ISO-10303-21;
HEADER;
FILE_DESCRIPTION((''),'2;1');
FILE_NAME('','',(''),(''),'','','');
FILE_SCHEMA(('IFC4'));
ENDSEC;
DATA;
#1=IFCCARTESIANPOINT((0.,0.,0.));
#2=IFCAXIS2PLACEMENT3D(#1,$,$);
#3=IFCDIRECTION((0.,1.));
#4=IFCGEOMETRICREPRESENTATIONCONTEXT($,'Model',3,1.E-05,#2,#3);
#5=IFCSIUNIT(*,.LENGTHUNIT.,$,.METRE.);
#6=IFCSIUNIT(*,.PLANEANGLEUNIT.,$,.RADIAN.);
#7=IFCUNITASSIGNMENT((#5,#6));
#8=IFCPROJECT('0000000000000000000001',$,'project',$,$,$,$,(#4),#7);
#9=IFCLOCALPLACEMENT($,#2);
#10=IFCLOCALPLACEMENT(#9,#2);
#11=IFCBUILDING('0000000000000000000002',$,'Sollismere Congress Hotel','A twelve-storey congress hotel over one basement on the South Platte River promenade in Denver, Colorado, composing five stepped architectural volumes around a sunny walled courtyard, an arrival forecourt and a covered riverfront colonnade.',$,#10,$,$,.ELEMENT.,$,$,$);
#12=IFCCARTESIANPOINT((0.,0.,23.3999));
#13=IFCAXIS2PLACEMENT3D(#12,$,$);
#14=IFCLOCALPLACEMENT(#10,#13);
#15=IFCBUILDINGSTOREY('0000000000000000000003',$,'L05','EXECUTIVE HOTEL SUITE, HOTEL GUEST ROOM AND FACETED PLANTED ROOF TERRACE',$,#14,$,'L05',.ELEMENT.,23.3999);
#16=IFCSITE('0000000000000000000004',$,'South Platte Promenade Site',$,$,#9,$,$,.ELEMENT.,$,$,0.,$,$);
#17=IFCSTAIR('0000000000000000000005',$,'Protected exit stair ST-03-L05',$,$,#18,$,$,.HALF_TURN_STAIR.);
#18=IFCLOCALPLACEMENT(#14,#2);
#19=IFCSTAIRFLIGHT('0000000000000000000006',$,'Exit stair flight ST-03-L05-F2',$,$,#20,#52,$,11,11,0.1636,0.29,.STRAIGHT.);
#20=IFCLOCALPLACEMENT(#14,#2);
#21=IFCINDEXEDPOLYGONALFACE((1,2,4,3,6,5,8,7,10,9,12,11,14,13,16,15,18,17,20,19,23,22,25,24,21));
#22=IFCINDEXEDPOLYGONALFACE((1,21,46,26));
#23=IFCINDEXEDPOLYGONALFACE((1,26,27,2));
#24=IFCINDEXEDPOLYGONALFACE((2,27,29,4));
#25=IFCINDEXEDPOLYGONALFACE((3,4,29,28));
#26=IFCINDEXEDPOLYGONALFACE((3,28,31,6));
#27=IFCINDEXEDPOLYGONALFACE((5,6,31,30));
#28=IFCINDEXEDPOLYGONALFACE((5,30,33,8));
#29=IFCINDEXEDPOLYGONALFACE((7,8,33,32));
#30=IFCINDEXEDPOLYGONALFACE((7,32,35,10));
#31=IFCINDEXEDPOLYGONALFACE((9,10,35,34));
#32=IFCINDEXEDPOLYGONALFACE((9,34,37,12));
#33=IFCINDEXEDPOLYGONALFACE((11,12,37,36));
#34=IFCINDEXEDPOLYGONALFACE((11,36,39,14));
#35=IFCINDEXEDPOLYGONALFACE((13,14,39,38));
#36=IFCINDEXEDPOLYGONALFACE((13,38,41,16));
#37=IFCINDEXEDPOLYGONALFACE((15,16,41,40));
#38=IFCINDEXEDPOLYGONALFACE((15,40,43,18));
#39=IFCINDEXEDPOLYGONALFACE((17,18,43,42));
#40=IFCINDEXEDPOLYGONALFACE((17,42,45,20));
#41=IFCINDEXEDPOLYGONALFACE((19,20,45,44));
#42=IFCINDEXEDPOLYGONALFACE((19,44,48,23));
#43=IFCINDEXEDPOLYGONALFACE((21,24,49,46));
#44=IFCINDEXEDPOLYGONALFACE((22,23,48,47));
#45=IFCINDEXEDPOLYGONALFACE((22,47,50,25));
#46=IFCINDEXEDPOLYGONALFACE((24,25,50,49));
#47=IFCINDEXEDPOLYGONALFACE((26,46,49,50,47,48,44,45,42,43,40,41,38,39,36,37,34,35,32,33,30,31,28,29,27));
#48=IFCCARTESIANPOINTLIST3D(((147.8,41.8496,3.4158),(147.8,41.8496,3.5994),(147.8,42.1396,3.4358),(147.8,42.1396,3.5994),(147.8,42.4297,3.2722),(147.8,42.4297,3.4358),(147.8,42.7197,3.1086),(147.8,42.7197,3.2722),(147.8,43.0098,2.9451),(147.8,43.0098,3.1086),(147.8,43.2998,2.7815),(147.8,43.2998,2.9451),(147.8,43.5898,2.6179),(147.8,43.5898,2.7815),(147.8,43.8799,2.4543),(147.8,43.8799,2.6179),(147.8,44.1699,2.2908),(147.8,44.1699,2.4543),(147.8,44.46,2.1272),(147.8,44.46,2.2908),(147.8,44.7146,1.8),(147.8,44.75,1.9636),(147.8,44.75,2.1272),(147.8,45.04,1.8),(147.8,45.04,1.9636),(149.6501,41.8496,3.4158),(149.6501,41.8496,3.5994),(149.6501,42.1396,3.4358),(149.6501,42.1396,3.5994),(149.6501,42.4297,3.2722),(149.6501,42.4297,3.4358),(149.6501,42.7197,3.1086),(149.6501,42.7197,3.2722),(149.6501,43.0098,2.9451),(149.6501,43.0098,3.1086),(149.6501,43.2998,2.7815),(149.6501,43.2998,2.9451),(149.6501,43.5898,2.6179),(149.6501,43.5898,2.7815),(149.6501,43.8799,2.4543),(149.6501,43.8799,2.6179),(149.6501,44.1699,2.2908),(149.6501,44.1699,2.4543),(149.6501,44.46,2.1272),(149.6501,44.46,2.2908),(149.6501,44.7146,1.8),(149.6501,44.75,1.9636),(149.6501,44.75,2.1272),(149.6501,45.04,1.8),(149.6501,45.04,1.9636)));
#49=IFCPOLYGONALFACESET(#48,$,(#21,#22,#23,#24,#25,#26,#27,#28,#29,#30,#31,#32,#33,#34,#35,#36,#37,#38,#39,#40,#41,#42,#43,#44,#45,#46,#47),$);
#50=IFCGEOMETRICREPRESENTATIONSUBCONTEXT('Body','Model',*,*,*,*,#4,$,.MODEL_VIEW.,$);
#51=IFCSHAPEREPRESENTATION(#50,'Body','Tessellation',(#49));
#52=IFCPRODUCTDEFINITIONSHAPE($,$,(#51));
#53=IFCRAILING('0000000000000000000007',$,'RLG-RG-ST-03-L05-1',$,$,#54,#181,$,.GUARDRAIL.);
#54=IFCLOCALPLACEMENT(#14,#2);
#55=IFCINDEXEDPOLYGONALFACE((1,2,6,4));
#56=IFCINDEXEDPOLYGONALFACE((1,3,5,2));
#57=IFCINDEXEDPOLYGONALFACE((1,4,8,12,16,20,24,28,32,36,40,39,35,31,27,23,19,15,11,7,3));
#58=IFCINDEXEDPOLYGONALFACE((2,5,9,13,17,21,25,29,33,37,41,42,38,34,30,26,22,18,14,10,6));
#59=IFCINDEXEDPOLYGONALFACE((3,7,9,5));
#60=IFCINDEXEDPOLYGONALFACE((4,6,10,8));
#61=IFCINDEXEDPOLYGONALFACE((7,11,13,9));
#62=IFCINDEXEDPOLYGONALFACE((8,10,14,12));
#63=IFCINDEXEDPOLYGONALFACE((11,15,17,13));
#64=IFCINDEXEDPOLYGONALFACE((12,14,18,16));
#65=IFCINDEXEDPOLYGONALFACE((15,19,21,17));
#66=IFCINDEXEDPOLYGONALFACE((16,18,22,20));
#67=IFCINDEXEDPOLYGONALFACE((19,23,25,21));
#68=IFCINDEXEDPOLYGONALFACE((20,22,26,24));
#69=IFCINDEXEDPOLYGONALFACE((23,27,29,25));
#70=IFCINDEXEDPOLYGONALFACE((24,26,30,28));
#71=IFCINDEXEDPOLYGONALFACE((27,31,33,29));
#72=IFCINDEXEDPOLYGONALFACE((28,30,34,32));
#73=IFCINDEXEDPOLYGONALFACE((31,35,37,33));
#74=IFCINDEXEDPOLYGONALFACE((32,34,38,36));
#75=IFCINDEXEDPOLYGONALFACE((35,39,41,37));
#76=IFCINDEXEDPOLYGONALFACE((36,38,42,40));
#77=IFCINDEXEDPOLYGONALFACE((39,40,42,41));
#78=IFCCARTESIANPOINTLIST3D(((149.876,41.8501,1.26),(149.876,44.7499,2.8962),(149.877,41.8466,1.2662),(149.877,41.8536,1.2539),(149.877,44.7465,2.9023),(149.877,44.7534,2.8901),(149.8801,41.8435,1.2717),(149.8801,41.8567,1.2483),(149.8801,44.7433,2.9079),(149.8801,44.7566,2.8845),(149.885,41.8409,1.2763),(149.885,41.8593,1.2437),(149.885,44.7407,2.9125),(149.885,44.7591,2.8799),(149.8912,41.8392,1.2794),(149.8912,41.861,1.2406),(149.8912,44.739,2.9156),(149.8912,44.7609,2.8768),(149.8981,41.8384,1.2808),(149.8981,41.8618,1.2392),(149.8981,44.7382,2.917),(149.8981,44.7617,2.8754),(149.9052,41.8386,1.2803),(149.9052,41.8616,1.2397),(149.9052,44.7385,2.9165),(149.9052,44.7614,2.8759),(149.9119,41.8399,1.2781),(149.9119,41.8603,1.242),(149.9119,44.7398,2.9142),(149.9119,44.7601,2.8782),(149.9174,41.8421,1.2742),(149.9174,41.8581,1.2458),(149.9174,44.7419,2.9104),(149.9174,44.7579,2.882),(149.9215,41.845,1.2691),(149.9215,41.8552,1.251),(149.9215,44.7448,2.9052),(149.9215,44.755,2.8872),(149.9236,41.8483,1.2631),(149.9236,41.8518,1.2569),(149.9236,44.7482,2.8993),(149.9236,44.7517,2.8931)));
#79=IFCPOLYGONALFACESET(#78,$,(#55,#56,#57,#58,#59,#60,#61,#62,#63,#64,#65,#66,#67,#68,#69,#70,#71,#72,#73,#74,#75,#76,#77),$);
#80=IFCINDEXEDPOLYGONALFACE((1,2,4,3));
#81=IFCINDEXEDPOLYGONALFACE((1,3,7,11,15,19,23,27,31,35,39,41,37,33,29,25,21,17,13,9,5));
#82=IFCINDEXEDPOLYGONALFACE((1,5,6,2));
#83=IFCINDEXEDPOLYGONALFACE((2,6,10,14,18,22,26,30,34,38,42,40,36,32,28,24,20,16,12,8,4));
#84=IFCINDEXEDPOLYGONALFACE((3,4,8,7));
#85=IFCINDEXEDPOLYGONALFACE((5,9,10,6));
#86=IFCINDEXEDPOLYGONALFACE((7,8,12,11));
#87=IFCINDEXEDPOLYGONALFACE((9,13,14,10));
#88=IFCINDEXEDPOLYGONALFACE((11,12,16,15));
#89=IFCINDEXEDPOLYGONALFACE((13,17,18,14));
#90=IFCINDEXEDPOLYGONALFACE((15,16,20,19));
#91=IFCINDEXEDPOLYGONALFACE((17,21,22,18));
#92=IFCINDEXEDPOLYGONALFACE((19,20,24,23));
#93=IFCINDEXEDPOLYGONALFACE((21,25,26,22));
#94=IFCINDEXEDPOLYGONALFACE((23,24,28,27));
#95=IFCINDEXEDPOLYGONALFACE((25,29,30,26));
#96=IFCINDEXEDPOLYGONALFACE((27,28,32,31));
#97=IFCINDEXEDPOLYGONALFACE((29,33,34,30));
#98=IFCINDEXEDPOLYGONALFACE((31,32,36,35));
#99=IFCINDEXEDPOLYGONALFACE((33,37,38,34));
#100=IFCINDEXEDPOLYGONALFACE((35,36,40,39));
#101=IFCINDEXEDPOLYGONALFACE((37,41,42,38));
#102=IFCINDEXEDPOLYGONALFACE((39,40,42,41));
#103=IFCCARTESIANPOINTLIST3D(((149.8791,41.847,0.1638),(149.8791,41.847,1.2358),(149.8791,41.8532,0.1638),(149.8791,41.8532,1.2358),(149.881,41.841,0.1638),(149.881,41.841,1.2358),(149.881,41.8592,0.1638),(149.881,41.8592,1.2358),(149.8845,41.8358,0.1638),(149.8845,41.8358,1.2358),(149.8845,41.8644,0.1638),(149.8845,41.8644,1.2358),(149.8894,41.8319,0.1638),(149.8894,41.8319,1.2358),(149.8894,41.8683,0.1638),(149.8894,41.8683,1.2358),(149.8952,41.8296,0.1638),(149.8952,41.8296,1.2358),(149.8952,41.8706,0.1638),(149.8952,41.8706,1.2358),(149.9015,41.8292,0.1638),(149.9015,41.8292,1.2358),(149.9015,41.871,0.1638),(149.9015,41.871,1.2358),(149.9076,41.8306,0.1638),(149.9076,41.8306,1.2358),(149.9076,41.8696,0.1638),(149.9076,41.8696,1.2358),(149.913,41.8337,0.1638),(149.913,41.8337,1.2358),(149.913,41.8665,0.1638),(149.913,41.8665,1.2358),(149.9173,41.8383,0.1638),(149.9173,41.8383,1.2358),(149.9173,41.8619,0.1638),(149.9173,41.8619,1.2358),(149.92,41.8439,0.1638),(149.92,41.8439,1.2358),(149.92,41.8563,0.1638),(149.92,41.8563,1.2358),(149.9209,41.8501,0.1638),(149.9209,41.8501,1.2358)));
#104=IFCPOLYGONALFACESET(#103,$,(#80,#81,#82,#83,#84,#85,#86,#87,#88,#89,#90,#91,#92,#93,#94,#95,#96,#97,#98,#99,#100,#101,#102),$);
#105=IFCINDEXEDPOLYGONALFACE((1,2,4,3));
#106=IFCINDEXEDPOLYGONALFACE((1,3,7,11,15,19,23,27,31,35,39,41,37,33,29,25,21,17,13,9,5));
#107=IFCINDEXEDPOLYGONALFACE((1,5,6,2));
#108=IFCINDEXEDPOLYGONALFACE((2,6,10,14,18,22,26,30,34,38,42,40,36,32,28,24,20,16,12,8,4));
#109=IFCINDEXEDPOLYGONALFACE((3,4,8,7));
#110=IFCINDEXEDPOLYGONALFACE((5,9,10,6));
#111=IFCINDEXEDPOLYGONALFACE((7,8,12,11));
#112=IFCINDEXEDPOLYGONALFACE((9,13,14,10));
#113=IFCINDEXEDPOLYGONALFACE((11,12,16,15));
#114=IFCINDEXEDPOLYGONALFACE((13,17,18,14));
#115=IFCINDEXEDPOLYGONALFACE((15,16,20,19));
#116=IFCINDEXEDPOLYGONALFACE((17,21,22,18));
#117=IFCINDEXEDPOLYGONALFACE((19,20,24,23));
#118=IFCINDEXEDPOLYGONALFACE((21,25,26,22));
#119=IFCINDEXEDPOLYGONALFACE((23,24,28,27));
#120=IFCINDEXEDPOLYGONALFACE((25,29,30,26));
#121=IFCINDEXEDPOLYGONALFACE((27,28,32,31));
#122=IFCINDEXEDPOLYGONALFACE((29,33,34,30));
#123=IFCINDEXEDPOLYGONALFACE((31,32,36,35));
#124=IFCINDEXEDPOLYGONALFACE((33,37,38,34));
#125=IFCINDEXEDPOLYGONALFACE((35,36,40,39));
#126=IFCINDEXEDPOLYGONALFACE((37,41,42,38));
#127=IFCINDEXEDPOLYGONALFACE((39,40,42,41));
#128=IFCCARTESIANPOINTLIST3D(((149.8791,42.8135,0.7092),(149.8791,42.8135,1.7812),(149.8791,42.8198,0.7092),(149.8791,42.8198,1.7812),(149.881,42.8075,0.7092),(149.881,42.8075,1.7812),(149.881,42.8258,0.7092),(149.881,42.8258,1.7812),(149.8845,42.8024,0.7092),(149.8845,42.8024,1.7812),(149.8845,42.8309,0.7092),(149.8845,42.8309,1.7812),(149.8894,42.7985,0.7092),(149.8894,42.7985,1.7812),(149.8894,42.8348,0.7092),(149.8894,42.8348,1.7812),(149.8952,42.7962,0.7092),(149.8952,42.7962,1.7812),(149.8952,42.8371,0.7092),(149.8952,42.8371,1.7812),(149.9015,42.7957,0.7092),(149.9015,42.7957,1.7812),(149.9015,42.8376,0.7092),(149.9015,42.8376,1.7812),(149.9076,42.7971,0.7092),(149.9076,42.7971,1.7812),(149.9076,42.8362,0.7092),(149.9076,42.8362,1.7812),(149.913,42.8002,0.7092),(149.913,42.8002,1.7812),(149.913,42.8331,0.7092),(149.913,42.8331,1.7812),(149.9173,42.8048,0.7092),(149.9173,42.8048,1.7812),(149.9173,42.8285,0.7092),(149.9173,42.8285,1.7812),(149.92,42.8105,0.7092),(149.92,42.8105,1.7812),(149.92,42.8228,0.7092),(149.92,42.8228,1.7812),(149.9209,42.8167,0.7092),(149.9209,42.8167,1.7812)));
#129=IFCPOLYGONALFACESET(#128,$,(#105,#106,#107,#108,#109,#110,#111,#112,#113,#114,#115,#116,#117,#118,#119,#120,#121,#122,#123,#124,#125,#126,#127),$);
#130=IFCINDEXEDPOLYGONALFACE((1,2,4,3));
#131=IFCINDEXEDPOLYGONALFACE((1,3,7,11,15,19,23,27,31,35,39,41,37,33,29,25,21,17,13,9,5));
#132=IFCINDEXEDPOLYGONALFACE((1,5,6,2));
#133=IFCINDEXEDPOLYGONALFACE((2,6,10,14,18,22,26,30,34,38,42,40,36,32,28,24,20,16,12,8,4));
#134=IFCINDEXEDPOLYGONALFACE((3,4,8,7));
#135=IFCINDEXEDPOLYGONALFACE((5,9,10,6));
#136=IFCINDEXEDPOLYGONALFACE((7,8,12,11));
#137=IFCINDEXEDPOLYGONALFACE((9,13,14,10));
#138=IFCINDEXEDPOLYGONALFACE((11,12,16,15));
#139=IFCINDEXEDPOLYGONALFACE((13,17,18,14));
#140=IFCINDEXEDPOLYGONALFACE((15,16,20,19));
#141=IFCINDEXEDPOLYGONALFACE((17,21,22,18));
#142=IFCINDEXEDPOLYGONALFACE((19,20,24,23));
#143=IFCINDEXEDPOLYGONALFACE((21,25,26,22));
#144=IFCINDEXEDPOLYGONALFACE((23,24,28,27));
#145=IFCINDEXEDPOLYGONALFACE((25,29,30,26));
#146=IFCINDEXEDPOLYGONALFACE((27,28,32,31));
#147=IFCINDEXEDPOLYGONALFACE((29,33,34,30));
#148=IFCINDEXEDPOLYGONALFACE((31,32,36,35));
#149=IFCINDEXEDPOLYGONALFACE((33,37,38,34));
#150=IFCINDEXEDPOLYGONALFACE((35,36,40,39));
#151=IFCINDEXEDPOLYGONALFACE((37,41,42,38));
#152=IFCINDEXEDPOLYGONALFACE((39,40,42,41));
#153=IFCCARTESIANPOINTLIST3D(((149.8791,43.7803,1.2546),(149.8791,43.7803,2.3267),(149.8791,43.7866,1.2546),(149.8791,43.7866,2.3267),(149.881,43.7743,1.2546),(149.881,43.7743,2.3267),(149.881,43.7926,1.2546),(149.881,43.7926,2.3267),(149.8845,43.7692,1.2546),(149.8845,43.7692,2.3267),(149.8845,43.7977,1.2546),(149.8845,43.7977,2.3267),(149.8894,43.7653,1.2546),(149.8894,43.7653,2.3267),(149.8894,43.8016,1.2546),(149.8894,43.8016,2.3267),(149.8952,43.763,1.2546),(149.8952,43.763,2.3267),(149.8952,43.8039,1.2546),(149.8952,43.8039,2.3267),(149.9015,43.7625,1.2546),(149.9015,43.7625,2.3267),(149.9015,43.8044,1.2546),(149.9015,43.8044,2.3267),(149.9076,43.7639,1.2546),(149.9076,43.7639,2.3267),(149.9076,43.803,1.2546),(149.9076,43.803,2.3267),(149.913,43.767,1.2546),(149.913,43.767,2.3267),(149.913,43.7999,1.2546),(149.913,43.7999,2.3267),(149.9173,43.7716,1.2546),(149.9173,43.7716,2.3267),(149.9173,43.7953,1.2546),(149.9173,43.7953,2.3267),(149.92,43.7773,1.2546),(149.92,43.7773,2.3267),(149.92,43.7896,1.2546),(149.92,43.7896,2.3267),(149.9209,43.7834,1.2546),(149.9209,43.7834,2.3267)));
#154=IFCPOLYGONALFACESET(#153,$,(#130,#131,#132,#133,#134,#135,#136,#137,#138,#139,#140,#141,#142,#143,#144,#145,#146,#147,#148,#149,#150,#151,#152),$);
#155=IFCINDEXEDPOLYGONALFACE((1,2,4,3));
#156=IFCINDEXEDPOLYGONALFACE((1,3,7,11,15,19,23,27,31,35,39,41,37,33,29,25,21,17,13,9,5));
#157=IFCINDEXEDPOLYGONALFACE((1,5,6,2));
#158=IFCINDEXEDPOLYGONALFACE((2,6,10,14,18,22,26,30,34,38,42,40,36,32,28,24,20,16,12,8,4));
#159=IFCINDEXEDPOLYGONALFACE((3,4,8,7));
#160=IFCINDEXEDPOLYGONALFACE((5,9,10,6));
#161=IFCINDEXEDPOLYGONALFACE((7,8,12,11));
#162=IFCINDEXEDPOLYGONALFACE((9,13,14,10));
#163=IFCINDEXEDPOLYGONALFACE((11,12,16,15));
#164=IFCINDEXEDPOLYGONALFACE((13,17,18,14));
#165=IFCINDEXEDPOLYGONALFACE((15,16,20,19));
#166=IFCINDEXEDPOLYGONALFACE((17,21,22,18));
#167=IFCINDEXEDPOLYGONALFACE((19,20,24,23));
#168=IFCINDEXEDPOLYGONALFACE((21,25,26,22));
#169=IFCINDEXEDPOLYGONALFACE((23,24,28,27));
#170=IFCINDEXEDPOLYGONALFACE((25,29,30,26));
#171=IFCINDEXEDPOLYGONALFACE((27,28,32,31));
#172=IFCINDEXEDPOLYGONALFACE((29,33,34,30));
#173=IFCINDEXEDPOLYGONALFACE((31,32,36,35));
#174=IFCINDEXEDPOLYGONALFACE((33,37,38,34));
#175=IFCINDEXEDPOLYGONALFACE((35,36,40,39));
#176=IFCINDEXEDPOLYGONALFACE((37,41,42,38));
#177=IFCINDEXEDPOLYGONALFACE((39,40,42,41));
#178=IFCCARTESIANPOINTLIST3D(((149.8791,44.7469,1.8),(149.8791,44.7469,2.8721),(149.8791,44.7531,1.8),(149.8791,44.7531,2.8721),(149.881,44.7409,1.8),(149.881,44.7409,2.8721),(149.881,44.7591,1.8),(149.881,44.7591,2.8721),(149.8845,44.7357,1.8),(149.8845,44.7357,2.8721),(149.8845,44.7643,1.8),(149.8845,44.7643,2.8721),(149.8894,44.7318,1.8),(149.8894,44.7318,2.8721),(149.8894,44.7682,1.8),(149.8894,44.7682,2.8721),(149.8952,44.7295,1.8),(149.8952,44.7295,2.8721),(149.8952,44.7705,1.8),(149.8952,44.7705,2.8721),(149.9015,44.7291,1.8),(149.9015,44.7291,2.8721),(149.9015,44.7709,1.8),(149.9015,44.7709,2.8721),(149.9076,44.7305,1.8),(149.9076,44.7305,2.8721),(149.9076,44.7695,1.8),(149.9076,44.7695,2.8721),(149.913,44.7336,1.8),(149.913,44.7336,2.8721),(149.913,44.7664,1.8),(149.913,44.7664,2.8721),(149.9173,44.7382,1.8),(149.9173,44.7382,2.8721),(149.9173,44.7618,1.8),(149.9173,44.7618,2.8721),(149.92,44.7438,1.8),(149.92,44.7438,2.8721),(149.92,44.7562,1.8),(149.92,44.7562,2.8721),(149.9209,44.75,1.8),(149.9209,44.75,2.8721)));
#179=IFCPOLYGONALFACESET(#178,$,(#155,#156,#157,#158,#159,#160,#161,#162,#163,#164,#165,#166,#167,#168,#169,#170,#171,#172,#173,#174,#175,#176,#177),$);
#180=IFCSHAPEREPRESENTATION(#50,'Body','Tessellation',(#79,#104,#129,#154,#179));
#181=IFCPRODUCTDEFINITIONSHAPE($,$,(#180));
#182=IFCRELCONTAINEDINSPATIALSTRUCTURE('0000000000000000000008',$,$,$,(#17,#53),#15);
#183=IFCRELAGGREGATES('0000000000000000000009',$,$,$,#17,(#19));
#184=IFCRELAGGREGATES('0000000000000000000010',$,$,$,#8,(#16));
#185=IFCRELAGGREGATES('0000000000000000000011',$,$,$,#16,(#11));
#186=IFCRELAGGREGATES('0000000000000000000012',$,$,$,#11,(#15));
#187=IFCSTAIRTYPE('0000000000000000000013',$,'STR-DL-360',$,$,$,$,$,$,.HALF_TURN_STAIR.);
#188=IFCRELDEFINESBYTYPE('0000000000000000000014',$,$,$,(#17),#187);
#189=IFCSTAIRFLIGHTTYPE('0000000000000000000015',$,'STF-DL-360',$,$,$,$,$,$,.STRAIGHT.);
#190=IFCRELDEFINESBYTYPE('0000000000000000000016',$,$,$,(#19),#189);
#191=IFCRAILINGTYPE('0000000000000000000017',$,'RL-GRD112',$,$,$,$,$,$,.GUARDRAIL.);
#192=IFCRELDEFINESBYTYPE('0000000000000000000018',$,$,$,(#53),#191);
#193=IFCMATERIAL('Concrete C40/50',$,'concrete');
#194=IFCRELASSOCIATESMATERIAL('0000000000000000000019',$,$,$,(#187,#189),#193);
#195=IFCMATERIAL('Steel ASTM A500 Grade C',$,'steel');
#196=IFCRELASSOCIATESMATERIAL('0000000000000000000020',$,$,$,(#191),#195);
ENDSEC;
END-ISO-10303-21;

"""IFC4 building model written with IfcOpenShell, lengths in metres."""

from ifc_helpers import new_model, si_unit, direction, frame, origin, origin_2d, place, context, subcontext, project, spatial, polyline, circle, outline, extrude, material, type_object, element, aggregate, save


model = new_model("IFC4")

# Units and contexts
model_context = context("Model", 3, precision=1e-05, world=origin(), true_north=direction((0.0, 1.0)))
body_context = subcontext(model_context, "Body", "Model", "MODEL_VIEW")
ifc_project = project(units=[si_unit("LENGTHUNIT", "METRE"), si_unit("PLANEANGLEUNIT", "RADIAN")], contexts=[model_context])

# Site, building, storey
site_placement = place(None, origin())
site = spatial("IfcSite", under=ifc_project, at=site_placement, Name="South Platte Promenade Site", CompositionType="ELEMENT", RefElevation=0.0)
building_placement = place(site_placement, origin())
building = spatial("IfcBuilding", under=site, at=building_placement, Name="Sollismere Congress Hotel", Description="A twelve-storey congress hotel over one basement on the South Platte River promenade in Denver, Colorado, composing five stepped architectural volumes around a sunny walled courtyard, an arrival forecourt and a covered riverfront colonnade.", CompositionType="ELEMENT")
storey_placement = place(building_placement, frame((0.0, 0.0, 23.3999)))
storey = spatial("IfcBuildingStorey", under=building, at=storey_placement, Name="L05", Description="EXECUTIVE HOTEL SUITE, HOTEL GUEST ROOM AND FACETED PLANTED ROOF TERRACE", LongName="L05", CompositionType="ELEMENT", Elevation=23.3999)

# Stair, stair flight
ifc_material_1 = material(Name="Concrete C40/50", Category="concrete")
stair_type = type_object("IfcStairType", Name="STR-DL-360", PredefinedType="HALF_TURN_STAIR", material=ifc_material_1)
stair_placement = place(storey_placement, origin())
stair = element("IfcStair", 1, at=stair_placement, inside=storey, type_object=stair_type, Name="Protected exit stair ST-03-L05", PredefinedType="HALF_TURN_STAIR")
stair_flight_type = type_object("IfcStairFlightType", Name="STF-DL-360", PredefinedType="STRAIGHT", material=ifc_material_1)
stair_flight_1_placement = place(storey_placement, frame((148.7251, 45.04, 1.8), z_axis=(0.0, 0.0, 1.0), x_axis=(0.0, -1.0, 0.0)))
stair_flight_1 = element("IfcStairFlight", 2, at=stair_flight_1_placement, type_object=stair_flight_type, Name="Exit stair flight ST-03-L05-F2", NumberOfRisers=11, NumberOfTreads=11, PredefinedType="STRAIGHT", RiserHeight=0.1636, TreadLength=0.29, context=body_context, shape_type="SweptSolid", body=[
    extrude(outline(polyline([(0.0, 0.0), (0.0, 0.1636), (0.29, 0.1636), (0.29, 0.3271), (0.5801, 0.3271), (0.5801, 0.4907), (0.8701, 0.4907), (0.8701, 0.6543), (1.1602, 0.6543), (1.1602, 0.8179), (1.4502, 0.8179), (1.4502, 0.9814), (1.7402, 0.9814), (1.7402, 1.145), (2.0303, 1.145), (2.0303, 1.3086), (2.3203, 1.3086), (2.3203, 1.4722), (2.6104, 1.4722), (2.6104, 1.6357), (2.9004, 1.6357), (2.9004, 1.7993), (3.1904, 1.7993), (3.1904, 1.6157), (0.3254, 0.0), (0.0, 0.0)])), frame((0.0, 0.925, 0.0), z_axis=(0.0, -1.0, 0.0), x_axis=(1.0, 0.0, 0.0)), (0.0, 0.0, 1.0), 1.8501),
])
aggregate(stair, [stair_flight_1])

# Railing
ifc_material_2 = material(Name="Steel ASTM A500 Grade C", Category="steel")
railing_type_1 = type_object("IfcRailingType", Name="RL-GRD112", PredefinedType="GUARDRAIL", material=ifc_material_2)
railing_1_placement = place(storey_placement, frame((149.8999, 41.8501, 0.1638)))
element("IfcRailing", 3, at=railing_1_placement, inside=storey, type_object=railing_type_1, Name="RLG-RG-ST-03-L05-1", PredefinedType="GUARDRAIL", context=body_context, shape_type="SweptSolid", body=[
    extrude(circle(Radius=0.0239, at=origin_2d()), frame((0.0, 0.0, 1.0962), z_axis=(0.0, 0.870929, 0.49141), x_axis=(-1.0, 0.0, 0.0)), (0.0, 0.0, 1.0), 3.3296),
    extrude(circle(Radius=0.021, at=origin_2d()), origin(), (0.0, 0.0, 1.0), 1.072),
    extrude(circle(Radius=0.021, at=origin_2d()), frame((0.0, 0.9666, 0.5454)), (0.0, 0.0, 1.0), 1.072),
    extrude(circle(Radius=0.021, at=origin_2d()), frame((0.0, 1.9333, 1.0908)), (0.0, 0.0, 1.0), 1.072),
    extrude(circle(Radius=0.021, at=origin_2d()), frame((0.0, 2.8999, 1.6362)), (0.0, 0.0, 1.0), 1.072),
])

save(model, "model.ifc")
